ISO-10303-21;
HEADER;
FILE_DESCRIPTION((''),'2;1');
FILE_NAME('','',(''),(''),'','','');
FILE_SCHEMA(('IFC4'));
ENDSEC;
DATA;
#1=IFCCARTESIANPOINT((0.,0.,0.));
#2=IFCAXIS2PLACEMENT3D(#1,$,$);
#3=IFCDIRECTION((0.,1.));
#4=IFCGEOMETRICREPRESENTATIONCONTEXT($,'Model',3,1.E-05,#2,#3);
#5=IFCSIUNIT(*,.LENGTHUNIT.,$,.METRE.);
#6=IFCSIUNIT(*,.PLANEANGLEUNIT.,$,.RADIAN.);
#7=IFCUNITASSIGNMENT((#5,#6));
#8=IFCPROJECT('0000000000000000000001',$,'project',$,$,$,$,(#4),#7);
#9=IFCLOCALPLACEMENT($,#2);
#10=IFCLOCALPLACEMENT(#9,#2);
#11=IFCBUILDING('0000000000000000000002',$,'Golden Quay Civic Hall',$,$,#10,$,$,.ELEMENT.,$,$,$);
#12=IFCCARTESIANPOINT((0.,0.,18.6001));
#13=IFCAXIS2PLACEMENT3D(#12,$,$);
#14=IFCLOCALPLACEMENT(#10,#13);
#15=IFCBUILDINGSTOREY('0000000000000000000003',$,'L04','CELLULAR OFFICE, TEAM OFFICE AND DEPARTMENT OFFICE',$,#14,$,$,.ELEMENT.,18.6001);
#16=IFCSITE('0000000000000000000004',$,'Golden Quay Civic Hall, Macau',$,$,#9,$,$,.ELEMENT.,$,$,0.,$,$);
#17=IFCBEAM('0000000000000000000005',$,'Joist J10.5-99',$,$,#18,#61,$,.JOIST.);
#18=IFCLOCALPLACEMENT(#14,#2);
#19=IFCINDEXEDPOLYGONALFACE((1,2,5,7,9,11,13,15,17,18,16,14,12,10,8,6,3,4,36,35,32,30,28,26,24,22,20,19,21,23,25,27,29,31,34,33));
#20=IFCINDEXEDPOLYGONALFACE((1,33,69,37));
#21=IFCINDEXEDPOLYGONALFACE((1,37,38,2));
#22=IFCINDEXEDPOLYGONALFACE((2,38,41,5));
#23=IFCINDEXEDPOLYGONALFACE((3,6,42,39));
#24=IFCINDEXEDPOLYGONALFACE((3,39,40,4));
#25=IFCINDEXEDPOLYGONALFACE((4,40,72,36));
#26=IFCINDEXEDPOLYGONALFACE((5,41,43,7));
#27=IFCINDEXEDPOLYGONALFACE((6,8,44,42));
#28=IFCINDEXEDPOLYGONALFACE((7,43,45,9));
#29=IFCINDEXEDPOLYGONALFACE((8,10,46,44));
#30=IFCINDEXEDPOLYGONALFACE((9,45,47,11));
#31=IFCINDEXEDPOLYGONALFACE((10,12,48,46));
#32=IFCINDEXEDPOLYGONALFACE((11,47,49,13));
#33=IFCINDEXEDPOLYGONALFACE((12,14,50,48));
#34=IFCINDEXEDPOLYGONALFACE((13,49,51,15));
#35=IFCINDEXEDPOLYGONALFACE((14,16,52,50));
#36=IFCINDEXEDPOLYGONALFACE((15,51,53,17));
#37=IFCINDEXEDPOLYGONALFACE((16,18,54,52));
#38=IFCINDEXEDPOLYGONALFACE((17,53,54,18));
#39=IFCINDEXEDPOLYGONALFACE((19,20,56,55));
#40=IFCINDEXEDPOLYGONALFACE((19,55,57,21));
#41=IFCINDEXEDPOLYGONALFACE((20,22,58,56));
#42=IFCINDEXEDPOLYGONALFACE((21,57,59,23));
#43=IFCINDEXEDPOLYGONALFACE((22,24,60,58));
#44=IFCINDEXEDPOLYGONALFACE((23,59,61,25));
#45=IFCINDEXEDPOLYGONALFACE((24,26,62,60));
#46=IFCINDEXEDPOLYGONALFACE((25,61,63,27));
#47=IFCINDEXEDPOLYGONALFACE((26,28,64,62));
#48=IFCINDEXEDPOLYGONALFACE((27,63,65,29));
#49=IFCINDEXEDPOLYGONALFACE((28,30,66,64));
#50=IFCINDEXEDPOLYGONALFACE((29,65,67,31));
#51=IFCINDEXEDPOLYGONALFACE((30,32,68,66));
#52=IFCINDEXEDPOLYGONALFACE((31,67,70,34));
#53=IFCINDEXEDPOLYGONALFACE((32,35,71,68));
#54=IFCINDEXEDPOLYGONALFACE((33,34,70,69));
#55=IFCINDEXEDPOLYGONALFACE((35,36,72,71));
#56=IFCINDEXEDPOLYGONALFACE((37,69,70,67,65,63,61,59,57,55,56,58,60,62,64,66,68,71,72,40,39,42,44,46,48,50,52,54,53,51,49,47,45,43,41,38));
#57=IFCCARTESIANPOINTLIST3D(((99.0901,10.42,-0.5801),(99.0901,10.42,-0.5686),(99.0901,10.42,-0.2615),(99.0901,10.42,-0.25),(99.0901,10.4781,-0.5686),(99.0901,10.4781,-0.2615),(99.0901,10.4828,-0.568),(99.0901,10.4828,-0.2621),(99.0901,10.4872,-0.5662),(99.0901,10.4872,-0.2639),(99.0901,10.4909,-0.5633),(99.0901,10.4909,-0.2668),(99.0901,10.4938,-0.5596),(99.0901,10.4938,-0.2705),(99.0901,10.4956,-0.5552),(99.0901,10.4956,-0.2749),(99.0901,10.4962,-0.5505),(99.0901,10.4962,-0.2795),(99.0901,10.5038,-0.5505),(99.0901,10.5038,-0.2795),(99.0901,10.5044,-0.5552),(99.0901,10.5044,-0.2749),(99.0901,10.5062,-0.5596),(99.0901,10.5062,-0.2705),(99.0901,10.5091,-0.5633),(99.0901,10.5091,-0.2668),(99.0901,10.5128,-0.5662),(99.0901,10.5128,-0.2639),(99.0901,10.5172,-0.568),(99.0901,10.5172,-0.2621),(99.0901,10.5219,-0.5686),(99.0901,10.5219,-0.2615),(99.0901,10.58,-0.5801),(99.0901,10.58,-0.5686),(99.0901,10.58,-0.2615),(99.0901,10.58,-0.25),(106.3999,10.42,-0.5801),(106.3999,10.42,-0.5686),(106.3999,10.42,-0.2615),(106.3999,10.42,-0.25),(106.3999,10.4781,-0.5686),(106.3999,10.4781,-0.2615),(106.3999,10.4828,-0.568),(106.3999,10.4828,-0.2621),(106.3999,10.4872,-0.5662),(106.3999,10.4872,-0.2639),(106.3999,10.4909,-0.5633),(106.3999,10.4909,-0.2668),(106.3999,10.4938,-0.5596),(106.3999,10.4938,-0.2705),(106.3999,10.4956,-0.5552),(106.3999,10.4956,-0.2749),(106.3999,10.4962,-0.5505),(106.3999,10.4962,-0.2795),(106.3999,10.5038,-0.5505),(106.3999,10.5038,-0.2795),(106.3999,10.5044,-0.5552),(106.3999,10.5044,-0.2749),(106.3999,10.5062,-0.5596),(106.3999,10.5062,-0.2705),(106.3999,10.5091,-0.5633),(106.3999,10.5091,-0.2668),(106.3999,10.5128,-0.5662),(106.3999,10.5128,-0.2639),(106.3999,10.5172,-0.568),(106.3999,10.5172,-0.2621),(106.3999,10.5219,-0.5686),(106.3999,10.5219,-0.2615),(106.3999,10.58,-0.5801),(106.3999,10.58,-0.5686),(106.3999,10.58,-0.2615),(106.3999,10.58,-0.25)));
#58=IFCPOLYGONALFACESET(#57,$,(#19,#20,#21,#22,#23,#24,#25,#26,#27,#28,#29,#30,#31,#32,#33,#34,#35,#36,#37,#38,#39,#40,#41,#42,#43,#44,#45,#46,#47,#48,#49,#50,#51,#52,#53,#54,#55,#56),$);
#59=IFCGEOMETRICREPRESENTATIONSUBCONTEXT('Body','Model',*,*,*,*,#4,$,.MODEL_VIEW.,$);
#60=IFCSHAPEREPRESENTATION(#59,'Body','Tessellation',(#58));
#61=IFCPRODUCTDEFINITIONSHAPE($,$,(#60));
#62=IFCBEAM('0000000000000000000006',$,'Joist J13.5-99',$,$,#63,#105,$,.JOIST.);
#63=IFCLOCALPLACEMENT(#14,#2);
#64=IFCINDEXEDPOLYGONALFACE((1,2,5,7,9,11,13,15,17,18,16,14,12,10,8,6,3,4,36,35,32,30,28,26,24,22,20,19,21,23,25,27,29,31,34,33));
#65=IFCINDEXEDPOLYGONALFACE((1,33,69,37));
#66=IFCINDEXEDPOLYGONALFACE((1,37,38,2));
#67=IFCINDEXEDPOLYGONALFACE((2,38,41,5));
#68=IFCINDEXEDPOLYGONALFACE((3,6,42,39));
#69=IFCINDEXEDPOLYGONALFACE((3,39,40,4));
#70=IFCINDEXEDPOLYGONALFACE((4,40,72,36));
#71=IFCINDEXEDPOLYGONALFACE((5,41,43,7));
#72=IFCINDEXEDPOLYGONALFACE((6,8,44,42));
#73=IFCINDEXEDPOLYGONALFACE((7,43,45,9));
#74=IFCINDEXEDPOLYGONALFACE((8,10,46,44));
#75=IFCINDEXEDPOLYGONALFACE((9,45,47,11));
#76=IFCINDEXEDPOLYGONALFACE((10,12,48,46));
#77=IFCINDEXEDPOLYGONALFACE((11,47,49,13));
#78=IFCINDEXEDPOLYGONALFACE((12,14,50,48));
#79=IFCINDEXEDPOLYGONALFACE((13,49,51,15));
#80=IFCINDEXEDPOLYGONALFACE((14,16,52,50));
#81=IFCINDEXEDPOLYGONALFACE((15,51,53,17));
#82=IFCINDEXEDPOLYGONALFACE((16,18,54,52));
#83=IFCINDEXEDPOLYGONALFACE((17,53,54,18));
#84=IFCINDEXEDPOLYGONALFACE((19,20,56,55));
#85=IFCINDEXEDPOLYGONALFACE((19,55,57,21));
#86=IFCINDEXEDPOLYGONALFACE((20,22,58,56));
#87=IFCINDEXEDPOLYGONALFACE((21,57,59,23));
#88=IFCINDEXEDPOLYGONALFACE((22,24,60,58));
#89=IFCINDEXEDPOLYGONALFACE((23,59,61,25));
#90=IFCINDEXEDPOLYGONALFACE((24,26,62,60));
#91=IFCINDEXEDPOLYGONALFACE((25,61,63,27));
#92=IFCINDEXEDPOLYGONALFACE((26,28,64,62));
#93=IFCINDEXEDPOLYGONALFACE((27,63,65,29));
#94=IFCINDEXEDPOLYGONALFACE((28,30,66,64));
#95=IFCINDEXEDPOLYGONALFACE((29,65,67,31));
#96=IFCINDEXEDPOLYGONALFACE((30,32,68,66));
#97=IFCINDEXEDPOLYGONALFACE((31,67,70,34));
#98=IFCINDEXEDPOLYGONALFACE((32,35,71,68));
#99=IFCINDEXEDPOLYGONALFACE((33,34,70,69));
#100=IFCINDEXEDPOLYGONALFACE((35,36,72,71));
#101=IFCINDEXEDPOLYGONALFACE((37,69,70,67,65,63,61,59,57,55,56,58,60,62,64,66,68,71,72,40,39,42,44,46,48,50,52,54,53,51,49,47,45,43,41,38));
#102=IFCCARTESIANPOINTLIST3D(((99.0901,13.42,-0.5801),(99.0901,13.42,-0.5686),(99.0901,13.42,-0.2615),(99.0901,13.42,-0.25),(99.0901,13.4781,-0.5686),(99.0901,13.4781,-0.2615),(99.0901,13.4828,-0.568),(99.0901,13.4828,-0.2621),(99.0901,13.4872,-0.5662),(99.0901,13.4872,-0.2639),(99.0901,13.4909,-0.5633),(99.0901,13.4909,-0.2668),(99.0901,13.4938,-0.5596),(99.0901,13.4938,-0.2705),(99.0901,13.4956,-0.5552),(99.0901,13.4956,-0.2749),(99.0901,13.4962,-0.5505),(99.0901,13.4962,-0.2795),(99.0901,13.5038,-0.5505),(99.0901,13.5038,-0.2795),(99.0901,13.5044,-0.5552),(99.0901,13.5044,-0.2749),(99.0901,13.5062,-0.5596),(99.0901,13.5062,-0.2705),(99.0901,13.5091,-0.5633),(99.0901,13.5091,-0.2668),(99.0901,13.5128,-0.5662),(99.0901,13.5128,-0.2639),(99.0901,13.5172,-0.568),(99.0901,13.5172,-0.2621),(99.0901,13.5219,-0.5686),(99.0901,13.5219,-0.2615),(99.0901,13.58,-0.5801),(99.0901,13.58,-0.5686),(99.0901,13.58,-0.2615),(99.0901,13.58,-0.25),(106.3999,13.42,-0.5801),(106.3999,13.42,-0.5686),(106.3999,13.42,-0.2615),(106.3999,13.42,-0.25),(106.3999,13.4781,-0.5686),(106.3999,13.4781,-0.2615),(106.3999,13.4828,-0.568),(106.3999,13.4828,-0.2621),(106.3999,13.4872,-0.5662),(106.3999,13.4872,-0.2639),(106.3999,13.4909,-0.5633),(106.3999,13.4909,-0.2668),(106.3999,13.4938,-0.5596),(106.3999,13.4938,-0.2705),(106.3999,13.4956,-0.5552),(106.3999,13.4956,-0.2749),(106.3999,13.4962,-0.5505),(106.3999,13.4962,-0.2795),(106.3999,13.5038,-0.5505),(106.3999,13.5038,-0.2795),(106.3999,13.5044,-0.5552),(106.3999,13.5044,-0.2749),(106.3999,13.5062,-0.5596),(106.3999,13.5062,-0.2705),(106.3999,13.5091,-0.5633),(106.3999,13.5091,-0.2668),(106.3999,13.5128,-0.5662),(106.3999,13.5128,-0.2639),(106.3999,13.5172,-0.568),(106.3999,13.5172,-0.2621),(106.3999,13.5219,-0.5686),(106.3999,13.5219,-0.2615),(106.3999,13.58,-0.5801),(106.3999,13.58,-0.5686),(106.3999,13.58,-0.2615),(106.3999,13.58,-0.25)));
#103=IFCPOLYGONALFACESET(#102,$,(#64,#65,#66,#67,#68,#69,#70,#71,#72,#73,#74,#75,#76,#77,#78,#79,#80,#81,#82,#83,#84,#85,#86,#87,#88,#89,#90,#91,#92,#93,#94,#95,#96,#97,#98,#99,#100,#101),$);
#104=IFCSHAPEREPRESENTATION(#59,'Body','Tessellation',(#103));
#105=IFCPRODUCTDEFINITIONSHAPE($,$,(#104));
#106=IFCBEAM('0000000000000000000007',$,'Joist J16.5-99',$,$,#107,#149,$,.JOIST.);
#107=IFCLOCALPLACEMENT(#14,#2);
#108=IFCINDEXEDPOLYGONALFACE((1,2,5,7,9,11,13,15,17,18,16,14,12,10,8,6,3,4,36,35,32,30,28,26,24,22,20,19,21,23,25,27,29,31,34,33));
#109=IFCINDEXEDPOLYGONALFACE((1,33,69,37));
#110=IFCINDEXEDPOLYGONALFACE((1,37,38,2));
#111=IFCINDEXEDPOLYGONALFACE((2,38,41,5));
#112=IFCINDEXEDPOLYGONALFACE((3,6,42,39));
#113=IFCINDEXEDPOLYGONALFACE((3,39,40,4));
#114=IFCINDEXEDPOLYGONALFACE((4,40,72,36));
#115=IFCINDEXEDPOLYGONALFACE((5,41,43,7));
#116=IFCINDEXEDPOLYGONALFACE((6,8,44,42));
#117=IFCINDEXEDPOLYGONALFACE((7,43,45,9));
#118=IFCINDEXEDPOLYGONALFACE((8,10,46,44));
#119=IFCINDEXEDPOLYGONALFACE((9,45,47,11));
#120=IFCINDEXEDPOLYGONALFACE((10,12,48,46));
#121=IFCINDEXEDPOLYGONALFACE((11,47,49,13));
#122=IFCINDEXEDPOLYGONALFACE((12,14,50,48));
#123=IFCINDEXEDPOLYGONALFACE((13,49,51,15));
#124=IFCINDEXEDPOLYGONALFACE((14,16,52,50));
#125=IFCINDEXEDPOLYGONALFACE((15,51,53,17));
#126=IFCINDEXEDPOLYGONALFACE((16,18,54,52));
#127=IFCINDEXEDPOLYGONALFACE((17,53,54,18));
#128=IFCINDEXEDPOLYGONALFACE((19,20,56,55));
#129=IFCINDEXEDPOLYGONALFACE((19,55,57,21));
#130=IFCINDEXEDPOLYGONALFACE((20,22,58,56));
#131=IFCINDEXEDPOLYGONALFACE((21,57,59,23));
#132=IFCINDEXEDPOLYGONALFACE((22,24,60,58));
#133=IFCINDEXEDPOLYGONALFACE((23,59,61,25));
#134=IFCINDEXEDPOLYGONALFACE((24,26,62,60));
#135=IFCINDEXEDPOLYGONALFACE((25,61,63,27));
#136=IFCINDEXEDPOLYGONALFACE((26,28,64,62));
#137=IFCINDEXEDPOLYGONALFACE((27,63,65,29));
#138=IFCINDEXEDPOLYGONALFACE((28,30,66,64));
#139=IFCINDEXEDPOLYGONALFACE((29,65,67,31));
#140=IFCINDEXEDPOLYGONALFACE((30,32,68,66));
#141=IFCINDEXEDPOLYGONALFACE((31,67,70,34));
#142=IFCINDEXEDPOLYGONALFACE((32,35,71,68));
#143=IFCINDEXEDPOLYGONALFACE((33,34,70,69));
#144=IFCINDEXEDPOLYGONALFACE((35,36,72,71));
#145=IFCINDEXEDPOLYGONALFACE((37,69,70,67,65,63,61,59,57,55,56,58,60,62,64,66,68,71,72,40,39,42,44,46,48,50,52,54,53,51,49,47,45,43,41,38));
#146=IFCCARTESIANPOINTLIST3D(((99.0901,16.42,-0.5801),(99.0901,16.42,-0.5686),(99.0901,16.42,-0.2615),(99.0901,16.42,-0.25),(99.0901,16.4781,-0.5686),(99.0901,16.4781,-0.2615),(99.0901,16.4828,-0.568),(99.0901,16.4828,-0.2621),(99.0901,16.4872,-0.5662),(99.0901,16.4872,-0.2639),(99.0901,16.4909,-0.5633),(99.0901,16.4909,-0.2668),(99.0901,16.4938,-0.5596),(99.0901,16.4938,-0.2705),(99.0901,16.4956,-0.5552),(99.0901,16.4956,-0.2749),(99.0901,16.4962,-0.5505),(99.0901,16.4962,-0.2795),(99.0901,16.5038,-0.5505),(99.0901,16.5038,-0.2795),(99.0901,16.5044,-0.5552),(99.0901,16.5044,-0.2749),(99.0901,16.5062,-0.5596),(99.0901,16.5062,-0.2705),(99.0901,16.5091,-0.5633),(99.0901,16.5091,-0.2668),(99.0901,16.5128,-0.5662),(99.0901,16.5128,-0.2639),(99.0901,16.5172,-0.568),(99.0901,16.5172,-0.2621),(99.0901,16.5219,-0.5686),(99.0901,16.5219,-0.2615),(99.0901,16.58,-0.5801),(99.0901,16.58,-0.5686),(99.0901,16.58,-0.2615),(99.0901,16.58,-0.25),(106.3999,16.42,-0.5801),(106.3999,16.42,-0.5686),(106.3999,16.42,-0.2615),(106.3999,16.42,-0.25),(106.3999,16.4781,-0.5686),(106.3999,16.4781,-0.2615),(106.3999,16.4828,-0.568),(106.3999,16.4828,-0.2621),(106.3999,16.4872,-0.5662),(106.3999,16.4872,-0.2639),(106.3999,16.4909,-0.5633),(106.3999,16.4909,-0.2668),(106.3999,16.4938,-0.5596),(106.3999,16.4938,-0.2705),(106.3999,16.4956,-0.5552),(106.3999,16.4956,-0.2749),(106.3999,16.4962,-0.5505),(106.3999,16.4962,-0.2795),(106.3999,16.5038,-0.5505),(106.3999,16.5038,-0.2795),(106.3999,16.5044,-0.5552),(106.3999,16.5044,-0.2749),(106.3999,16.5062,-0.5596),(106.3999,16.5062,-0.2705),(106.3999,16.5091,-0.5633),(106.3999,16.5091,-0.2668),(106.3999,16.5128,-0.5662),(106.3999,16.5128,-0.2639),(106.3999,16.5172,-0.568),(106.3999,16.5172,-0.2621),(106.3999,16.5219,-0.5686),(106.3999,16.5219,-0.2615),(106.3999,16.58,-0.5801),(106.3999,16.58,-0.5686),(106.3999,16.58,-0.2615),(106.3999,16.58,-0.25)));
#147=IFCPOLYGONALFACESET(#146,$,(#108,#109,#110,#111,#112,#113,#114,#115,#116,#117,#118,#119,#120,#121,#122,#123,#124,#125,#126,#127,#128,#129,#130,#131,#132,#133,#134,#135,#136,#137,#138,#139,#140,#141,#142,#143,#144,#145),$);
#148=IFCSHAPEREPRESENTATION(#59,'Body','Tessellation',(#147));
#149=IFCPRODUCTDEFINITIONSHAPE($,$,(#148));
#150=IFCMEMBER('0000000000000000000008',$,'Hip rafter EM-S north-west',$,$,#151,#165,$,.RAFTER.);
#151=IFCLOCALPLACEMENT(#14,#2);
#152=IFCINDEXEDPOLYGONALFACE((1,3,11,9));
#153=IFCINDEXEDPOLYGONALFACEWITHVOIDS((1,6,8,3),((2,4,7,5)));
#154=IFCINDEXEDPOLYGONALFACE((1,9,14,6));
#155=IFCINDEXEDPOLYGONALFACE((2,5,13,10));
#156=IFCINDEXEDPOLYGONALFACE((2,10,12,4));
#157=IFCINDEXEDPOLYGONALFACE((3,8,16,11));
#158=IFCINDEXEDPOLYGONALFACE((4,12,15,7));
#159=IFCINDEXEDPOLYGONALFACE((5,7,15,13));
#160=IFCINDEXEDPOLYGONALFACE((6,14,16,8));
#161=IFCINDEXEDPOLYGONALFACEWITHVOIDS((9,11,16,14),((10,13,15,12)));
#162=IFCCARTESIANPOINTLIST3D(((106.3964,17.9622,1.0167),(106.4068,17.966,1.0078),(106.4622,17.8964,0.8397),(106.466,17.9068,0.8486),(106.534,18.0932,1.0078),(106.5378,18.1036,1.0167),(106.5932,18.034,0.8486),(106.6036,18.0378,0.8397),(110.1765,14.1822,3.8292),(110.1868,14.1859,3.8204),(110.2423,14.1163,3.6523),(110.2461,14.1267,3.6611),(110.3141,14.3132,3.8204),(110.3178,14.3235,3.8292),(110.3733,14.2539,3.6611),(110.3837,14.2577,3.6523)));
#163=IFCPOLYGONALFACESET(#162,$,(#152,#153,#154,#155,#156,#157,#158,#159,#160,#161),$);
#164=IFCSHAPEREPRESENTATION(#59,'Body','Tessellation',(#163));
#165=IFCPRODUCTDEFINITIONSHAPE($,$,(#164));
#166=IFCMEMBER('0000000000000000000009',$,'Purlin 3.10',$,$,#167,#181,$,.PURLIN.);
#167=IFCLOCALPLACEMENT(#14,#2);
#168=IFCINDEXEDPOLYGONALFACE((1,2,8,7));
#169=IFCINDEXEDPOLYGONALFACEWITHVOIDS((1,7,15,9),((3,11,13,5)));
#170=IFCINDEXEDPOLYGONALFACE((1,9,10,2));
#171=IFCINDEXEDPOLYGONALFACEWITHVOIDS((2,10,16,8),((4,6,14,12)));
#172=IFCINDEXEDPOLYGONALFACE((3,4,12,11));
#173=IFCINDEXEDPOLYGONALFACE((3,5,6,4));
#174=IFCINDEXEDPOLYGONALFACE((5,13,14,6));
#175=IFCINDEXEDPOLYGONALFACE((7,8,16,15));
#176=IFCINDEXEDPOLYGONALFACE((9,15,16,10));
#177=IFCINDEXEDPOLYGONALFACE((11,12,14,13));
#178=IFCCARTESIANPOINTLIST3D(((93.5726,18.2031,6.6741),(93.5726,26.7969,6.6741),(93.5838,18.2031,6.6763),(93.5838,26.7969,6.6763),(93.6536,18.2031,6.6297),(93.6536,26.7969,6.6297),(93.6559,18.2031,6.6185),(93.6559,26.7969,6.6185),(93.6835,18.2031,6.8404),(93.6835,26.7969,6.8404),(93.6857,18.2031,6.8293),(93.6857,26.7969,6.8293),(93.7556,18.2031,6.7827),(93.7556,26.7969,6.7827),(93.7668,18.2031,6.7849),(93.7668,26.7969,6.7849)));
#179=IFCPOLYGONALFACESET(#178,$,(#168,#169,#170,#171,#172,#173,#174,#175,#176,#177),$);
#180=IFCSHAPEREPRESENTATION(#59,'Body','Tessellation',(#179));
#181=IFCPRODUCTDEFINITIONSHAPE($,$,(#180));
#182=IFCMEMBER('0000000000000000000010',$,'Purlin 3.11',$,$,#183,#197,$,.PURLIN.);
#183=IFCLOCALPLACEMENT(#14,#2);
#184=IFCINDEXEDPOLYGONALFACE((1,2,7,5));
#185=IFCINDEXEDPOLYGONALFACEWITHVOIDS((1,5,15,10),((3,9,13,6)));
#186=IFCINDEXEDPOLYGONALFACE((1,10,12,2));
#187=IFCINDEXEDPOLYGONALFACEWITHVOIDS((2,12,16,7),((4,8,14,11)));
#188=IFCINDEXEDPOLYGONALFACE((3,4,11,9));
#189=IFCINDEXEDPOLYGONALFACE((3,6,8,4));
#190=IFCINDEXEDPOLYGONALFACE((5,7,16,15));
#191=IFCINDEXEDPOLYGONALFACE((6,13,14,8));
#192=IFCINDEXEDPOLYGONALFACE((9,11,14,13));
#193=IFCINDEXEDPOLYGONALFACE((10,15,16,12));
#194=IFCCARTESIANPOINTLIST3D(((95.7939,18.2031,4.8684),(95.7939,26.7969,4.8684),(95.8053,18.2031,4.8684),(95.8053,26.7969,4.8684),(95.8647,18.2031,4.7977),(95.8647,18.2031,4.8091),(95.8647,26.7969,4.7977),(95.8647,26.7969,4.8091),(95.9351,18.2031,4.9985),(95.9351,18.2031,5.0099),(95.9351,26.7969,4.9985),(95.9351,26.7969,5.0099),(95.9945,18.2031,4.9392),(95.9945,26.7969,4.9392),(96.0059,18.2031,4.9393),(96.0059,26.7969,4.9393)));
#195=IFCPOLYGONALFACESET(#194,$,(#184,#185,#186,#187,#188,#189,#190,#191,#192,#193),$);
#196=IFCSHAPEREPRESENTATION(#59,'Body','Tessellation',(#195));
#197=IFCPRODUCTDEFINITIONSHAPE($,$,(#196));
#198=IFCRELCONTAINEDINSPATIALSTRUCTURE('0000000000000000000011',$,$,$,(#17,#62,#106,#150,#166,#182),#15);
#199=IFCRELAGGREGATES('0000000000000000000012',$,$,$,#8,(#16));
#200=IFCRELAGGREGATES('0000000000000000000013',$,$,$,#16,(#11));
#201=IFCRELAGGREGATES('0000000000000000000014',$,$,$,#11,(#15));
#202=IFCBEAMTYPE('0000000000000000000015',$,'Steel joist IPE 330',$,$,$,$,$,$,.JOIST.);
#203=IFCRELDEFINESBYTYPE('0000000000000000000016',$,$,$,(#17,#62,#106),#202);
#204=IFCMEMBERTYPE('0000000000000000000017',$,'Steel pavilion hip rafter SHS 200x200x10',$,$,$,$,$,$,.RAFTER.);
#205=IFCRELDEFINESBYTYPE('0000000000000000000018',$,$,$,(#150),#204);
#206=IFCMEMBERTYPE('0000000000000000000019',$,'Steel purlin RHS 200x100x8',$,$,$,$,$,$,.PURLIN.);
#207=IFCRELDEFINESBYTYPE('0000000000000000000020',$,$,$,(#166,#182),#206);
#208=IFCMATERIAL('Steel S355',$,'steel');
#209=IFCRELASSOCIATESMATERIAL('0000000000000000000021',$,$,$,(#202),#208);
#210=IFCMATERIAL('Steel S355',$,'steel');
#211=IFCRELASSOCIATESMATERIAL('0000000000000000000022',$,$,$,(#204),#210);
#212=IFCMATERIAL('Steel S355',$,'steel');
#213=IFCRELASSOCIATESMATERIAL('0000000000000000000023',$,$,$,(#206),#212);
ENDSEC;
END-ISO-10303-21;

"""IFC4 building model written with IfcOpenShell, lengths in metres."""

from ifc_helpers import new_model, si_unit, direction, frame, origin, origin_2d, place, context, subcontext, project, spatial, hollow_rectangle, i_section, extrude, material, material_profile, profile_set, type_object, element, save


model = new_model("IFC4")

# Units and contexts
model_context = context("Model", 3, precision=1e-05, world=origin(), true_north=direction((0.0, 1.0)))
body_context = subcontext(model_context, "Body", "Model", "MODEL_VIEW")
ifc_project = project(units=[si_unit("LENGTHUNIT", "METRE"), si_unit("PLANEANGLEUNIT", "RADIAN")], contexts=[model_context])

# Site, building, storey
site_placement = place(None, origin())
site = spatial("IfcSite", under=ifc_project, at=site_placement, Name="Golden Quay Civic Hall, Macau", CompositionType="ELEMENT", RefElevation=0.0)
building_placement = place(site_placement, origin())
building = spatial("IfcBuilding", under=site, at=building_placement, Name="Golden Quay Civic Hall", CompositionType="ELEMENT")
storey_placement = place(building_placement, frame((0.0, 0.0, 18.6001)))
storey = spatial("IfcBuildingStorey", under=building, at=storey_placement, Name="L04", Description="CELLULAR OFFICE, TEAM OFFICE AND DEPARTMENT OFFICE", CompositionType="ELEMENT", Elevation=18.6001)

# Beams
ifc_material_1 = material(Name="Steel S355", Category="steel")
ifc_material_profile_1 = material_profile(ifc_material_1, i_section(OverallWidth=0.1599, OverallDepth=0.3301, WebThickness=0.0076, FlangeThickness=0.0115, FilletRadius=0.0181, at=origin_2d()), Name="IPE 330")
ifc_profile_set_1 = profile_set([ifc_material_profile_1], Name="Steel S355")
beam_type_1 = type_object("IfcBeamType", Name="Steel joist IPE 330", PredefinedType="JOIST", material=ifc_profile_set_1)
for number, where, z_axis, x_axis, name in (
    (1, (99.0901, 10.5, -0.415), (1.0, 0.0, 0.0), (0.0, 1.0, 0.0), "Joist J10.5-99"),
    (2, (99.0901, 13.5, -0.415), (1.0, 0.0, 0.0), (0.0, 1.0, 0.0), "Joist J13.5-99"),
    (3, (99.0901, 16.5, -0.415), (1.0, 0.0, 0.0), (0.0, 1.0, 0.0), "Joist J16.5-99"),
):
    element("IfcBeam", number, at=place(storey_placement, frame(where, z_axis=z_axis, x_axis=x_axis)), inside=storey, type_object=beam_type_1, Name=name, PredefinedType="JOIST", context=body_context, shape_type="SweptSolid", body=[
        extrude(i_section(OverallWidth=0.1599, OverallDepth=0.3301, WebThickness=0.0076, FlangeThickness=0.0115, FilletRadius=0.0181, at=origin_2d()), origin(), (0.0, 0.0, 1.0), 7.3098),
    ])

# Members
ifc_material_2 = material(Name="Steel S355", Category="steel")
ifc_material_profile_2 = material_profile(ifc_material_2, hollow_rectangle(XDim=0.2, YDim=0.2, WallThickness=0.01, at=origin_2d()), Name="SHS 200x200x10")
ifc_profile_set_2 = profile_set([ifc_material_profile_2], Name="Steel S355")
member_type_1 = type_object("IfcMemberType", Name="Steel pavilion hip rafter SHS 200x200x10", PredefinedType="RAFTER", material=ifc_profile_set_2)
member_1_placement = place(storey_placement, frame((106.5, 18.0, 0.9282), z_axis=(0.625783, -0.625783, 0.465609), x_axis=(0.707107, 0.707107, 0.0)))
element("IfcMember", 4, at=member_1_placement, inside=storey, type_object=member_type_1, Name="Hip rafter EM-S north-west", PredefinedType="RAFTER", context=body_context, shape_type="SweptSolid", body=[
    extrude(hollow_rectangle(XDim=0.2, YDim=0.2, WallThickness=0.01, at=origin_2d()), origin(), (0.0, 0.0, 1.0), 6.0405),
])
ifc_material_3 = material(Name="Steel S355", Category="steel")
ifc_material_profile_3 = material_profile(ifc_material_3, hollow_rectangle(XDim=0.1001, YDim=0.2, WallThickness=0.0081, at=origin_2d()), Name="RHS 200x100x8")
ifc_profile_set_3 = profile_set([ifc_material_profile_3], Name="Steel S355")
member_type_2 = type_object("IfcMemberType", Name="Steel purlin RHS 200x100x8", PredefinedType="PURLIN", material=ifc_profile_set_3)
for number, where, z_axis, x_axis, name in (
    (5, (93.6697, 18.2031, 6.7295), (0.0, 1.0, 0.0), (-0.83205, 0.0, 0.5547), "Purlin 3.10"),
    (6, (95.8999, 18.2031, 4.9038), (0.0, 1.0, 0.0), (-0.708092, 0.0, 0.70612), "Purlin 3.11"),
):
    element("IfcMember", number, at=place(storey_placement, frame(where, z_axis=z_axis, x_axis=x_axis)), inside=storey, type_object=member_type_2, Name=name, PredefinedType="PURLIN", context=body_context, shape_type="SweptSolid", body=[
        extrude(hollow_rectangle(XDim=0.1001, YDim=0.2, WallThickness=0.0081, at=origin_2d()), origin(), (0.0, 0.0, 1.0), 8.5938),
    ])

save(model, "model.ifc")
